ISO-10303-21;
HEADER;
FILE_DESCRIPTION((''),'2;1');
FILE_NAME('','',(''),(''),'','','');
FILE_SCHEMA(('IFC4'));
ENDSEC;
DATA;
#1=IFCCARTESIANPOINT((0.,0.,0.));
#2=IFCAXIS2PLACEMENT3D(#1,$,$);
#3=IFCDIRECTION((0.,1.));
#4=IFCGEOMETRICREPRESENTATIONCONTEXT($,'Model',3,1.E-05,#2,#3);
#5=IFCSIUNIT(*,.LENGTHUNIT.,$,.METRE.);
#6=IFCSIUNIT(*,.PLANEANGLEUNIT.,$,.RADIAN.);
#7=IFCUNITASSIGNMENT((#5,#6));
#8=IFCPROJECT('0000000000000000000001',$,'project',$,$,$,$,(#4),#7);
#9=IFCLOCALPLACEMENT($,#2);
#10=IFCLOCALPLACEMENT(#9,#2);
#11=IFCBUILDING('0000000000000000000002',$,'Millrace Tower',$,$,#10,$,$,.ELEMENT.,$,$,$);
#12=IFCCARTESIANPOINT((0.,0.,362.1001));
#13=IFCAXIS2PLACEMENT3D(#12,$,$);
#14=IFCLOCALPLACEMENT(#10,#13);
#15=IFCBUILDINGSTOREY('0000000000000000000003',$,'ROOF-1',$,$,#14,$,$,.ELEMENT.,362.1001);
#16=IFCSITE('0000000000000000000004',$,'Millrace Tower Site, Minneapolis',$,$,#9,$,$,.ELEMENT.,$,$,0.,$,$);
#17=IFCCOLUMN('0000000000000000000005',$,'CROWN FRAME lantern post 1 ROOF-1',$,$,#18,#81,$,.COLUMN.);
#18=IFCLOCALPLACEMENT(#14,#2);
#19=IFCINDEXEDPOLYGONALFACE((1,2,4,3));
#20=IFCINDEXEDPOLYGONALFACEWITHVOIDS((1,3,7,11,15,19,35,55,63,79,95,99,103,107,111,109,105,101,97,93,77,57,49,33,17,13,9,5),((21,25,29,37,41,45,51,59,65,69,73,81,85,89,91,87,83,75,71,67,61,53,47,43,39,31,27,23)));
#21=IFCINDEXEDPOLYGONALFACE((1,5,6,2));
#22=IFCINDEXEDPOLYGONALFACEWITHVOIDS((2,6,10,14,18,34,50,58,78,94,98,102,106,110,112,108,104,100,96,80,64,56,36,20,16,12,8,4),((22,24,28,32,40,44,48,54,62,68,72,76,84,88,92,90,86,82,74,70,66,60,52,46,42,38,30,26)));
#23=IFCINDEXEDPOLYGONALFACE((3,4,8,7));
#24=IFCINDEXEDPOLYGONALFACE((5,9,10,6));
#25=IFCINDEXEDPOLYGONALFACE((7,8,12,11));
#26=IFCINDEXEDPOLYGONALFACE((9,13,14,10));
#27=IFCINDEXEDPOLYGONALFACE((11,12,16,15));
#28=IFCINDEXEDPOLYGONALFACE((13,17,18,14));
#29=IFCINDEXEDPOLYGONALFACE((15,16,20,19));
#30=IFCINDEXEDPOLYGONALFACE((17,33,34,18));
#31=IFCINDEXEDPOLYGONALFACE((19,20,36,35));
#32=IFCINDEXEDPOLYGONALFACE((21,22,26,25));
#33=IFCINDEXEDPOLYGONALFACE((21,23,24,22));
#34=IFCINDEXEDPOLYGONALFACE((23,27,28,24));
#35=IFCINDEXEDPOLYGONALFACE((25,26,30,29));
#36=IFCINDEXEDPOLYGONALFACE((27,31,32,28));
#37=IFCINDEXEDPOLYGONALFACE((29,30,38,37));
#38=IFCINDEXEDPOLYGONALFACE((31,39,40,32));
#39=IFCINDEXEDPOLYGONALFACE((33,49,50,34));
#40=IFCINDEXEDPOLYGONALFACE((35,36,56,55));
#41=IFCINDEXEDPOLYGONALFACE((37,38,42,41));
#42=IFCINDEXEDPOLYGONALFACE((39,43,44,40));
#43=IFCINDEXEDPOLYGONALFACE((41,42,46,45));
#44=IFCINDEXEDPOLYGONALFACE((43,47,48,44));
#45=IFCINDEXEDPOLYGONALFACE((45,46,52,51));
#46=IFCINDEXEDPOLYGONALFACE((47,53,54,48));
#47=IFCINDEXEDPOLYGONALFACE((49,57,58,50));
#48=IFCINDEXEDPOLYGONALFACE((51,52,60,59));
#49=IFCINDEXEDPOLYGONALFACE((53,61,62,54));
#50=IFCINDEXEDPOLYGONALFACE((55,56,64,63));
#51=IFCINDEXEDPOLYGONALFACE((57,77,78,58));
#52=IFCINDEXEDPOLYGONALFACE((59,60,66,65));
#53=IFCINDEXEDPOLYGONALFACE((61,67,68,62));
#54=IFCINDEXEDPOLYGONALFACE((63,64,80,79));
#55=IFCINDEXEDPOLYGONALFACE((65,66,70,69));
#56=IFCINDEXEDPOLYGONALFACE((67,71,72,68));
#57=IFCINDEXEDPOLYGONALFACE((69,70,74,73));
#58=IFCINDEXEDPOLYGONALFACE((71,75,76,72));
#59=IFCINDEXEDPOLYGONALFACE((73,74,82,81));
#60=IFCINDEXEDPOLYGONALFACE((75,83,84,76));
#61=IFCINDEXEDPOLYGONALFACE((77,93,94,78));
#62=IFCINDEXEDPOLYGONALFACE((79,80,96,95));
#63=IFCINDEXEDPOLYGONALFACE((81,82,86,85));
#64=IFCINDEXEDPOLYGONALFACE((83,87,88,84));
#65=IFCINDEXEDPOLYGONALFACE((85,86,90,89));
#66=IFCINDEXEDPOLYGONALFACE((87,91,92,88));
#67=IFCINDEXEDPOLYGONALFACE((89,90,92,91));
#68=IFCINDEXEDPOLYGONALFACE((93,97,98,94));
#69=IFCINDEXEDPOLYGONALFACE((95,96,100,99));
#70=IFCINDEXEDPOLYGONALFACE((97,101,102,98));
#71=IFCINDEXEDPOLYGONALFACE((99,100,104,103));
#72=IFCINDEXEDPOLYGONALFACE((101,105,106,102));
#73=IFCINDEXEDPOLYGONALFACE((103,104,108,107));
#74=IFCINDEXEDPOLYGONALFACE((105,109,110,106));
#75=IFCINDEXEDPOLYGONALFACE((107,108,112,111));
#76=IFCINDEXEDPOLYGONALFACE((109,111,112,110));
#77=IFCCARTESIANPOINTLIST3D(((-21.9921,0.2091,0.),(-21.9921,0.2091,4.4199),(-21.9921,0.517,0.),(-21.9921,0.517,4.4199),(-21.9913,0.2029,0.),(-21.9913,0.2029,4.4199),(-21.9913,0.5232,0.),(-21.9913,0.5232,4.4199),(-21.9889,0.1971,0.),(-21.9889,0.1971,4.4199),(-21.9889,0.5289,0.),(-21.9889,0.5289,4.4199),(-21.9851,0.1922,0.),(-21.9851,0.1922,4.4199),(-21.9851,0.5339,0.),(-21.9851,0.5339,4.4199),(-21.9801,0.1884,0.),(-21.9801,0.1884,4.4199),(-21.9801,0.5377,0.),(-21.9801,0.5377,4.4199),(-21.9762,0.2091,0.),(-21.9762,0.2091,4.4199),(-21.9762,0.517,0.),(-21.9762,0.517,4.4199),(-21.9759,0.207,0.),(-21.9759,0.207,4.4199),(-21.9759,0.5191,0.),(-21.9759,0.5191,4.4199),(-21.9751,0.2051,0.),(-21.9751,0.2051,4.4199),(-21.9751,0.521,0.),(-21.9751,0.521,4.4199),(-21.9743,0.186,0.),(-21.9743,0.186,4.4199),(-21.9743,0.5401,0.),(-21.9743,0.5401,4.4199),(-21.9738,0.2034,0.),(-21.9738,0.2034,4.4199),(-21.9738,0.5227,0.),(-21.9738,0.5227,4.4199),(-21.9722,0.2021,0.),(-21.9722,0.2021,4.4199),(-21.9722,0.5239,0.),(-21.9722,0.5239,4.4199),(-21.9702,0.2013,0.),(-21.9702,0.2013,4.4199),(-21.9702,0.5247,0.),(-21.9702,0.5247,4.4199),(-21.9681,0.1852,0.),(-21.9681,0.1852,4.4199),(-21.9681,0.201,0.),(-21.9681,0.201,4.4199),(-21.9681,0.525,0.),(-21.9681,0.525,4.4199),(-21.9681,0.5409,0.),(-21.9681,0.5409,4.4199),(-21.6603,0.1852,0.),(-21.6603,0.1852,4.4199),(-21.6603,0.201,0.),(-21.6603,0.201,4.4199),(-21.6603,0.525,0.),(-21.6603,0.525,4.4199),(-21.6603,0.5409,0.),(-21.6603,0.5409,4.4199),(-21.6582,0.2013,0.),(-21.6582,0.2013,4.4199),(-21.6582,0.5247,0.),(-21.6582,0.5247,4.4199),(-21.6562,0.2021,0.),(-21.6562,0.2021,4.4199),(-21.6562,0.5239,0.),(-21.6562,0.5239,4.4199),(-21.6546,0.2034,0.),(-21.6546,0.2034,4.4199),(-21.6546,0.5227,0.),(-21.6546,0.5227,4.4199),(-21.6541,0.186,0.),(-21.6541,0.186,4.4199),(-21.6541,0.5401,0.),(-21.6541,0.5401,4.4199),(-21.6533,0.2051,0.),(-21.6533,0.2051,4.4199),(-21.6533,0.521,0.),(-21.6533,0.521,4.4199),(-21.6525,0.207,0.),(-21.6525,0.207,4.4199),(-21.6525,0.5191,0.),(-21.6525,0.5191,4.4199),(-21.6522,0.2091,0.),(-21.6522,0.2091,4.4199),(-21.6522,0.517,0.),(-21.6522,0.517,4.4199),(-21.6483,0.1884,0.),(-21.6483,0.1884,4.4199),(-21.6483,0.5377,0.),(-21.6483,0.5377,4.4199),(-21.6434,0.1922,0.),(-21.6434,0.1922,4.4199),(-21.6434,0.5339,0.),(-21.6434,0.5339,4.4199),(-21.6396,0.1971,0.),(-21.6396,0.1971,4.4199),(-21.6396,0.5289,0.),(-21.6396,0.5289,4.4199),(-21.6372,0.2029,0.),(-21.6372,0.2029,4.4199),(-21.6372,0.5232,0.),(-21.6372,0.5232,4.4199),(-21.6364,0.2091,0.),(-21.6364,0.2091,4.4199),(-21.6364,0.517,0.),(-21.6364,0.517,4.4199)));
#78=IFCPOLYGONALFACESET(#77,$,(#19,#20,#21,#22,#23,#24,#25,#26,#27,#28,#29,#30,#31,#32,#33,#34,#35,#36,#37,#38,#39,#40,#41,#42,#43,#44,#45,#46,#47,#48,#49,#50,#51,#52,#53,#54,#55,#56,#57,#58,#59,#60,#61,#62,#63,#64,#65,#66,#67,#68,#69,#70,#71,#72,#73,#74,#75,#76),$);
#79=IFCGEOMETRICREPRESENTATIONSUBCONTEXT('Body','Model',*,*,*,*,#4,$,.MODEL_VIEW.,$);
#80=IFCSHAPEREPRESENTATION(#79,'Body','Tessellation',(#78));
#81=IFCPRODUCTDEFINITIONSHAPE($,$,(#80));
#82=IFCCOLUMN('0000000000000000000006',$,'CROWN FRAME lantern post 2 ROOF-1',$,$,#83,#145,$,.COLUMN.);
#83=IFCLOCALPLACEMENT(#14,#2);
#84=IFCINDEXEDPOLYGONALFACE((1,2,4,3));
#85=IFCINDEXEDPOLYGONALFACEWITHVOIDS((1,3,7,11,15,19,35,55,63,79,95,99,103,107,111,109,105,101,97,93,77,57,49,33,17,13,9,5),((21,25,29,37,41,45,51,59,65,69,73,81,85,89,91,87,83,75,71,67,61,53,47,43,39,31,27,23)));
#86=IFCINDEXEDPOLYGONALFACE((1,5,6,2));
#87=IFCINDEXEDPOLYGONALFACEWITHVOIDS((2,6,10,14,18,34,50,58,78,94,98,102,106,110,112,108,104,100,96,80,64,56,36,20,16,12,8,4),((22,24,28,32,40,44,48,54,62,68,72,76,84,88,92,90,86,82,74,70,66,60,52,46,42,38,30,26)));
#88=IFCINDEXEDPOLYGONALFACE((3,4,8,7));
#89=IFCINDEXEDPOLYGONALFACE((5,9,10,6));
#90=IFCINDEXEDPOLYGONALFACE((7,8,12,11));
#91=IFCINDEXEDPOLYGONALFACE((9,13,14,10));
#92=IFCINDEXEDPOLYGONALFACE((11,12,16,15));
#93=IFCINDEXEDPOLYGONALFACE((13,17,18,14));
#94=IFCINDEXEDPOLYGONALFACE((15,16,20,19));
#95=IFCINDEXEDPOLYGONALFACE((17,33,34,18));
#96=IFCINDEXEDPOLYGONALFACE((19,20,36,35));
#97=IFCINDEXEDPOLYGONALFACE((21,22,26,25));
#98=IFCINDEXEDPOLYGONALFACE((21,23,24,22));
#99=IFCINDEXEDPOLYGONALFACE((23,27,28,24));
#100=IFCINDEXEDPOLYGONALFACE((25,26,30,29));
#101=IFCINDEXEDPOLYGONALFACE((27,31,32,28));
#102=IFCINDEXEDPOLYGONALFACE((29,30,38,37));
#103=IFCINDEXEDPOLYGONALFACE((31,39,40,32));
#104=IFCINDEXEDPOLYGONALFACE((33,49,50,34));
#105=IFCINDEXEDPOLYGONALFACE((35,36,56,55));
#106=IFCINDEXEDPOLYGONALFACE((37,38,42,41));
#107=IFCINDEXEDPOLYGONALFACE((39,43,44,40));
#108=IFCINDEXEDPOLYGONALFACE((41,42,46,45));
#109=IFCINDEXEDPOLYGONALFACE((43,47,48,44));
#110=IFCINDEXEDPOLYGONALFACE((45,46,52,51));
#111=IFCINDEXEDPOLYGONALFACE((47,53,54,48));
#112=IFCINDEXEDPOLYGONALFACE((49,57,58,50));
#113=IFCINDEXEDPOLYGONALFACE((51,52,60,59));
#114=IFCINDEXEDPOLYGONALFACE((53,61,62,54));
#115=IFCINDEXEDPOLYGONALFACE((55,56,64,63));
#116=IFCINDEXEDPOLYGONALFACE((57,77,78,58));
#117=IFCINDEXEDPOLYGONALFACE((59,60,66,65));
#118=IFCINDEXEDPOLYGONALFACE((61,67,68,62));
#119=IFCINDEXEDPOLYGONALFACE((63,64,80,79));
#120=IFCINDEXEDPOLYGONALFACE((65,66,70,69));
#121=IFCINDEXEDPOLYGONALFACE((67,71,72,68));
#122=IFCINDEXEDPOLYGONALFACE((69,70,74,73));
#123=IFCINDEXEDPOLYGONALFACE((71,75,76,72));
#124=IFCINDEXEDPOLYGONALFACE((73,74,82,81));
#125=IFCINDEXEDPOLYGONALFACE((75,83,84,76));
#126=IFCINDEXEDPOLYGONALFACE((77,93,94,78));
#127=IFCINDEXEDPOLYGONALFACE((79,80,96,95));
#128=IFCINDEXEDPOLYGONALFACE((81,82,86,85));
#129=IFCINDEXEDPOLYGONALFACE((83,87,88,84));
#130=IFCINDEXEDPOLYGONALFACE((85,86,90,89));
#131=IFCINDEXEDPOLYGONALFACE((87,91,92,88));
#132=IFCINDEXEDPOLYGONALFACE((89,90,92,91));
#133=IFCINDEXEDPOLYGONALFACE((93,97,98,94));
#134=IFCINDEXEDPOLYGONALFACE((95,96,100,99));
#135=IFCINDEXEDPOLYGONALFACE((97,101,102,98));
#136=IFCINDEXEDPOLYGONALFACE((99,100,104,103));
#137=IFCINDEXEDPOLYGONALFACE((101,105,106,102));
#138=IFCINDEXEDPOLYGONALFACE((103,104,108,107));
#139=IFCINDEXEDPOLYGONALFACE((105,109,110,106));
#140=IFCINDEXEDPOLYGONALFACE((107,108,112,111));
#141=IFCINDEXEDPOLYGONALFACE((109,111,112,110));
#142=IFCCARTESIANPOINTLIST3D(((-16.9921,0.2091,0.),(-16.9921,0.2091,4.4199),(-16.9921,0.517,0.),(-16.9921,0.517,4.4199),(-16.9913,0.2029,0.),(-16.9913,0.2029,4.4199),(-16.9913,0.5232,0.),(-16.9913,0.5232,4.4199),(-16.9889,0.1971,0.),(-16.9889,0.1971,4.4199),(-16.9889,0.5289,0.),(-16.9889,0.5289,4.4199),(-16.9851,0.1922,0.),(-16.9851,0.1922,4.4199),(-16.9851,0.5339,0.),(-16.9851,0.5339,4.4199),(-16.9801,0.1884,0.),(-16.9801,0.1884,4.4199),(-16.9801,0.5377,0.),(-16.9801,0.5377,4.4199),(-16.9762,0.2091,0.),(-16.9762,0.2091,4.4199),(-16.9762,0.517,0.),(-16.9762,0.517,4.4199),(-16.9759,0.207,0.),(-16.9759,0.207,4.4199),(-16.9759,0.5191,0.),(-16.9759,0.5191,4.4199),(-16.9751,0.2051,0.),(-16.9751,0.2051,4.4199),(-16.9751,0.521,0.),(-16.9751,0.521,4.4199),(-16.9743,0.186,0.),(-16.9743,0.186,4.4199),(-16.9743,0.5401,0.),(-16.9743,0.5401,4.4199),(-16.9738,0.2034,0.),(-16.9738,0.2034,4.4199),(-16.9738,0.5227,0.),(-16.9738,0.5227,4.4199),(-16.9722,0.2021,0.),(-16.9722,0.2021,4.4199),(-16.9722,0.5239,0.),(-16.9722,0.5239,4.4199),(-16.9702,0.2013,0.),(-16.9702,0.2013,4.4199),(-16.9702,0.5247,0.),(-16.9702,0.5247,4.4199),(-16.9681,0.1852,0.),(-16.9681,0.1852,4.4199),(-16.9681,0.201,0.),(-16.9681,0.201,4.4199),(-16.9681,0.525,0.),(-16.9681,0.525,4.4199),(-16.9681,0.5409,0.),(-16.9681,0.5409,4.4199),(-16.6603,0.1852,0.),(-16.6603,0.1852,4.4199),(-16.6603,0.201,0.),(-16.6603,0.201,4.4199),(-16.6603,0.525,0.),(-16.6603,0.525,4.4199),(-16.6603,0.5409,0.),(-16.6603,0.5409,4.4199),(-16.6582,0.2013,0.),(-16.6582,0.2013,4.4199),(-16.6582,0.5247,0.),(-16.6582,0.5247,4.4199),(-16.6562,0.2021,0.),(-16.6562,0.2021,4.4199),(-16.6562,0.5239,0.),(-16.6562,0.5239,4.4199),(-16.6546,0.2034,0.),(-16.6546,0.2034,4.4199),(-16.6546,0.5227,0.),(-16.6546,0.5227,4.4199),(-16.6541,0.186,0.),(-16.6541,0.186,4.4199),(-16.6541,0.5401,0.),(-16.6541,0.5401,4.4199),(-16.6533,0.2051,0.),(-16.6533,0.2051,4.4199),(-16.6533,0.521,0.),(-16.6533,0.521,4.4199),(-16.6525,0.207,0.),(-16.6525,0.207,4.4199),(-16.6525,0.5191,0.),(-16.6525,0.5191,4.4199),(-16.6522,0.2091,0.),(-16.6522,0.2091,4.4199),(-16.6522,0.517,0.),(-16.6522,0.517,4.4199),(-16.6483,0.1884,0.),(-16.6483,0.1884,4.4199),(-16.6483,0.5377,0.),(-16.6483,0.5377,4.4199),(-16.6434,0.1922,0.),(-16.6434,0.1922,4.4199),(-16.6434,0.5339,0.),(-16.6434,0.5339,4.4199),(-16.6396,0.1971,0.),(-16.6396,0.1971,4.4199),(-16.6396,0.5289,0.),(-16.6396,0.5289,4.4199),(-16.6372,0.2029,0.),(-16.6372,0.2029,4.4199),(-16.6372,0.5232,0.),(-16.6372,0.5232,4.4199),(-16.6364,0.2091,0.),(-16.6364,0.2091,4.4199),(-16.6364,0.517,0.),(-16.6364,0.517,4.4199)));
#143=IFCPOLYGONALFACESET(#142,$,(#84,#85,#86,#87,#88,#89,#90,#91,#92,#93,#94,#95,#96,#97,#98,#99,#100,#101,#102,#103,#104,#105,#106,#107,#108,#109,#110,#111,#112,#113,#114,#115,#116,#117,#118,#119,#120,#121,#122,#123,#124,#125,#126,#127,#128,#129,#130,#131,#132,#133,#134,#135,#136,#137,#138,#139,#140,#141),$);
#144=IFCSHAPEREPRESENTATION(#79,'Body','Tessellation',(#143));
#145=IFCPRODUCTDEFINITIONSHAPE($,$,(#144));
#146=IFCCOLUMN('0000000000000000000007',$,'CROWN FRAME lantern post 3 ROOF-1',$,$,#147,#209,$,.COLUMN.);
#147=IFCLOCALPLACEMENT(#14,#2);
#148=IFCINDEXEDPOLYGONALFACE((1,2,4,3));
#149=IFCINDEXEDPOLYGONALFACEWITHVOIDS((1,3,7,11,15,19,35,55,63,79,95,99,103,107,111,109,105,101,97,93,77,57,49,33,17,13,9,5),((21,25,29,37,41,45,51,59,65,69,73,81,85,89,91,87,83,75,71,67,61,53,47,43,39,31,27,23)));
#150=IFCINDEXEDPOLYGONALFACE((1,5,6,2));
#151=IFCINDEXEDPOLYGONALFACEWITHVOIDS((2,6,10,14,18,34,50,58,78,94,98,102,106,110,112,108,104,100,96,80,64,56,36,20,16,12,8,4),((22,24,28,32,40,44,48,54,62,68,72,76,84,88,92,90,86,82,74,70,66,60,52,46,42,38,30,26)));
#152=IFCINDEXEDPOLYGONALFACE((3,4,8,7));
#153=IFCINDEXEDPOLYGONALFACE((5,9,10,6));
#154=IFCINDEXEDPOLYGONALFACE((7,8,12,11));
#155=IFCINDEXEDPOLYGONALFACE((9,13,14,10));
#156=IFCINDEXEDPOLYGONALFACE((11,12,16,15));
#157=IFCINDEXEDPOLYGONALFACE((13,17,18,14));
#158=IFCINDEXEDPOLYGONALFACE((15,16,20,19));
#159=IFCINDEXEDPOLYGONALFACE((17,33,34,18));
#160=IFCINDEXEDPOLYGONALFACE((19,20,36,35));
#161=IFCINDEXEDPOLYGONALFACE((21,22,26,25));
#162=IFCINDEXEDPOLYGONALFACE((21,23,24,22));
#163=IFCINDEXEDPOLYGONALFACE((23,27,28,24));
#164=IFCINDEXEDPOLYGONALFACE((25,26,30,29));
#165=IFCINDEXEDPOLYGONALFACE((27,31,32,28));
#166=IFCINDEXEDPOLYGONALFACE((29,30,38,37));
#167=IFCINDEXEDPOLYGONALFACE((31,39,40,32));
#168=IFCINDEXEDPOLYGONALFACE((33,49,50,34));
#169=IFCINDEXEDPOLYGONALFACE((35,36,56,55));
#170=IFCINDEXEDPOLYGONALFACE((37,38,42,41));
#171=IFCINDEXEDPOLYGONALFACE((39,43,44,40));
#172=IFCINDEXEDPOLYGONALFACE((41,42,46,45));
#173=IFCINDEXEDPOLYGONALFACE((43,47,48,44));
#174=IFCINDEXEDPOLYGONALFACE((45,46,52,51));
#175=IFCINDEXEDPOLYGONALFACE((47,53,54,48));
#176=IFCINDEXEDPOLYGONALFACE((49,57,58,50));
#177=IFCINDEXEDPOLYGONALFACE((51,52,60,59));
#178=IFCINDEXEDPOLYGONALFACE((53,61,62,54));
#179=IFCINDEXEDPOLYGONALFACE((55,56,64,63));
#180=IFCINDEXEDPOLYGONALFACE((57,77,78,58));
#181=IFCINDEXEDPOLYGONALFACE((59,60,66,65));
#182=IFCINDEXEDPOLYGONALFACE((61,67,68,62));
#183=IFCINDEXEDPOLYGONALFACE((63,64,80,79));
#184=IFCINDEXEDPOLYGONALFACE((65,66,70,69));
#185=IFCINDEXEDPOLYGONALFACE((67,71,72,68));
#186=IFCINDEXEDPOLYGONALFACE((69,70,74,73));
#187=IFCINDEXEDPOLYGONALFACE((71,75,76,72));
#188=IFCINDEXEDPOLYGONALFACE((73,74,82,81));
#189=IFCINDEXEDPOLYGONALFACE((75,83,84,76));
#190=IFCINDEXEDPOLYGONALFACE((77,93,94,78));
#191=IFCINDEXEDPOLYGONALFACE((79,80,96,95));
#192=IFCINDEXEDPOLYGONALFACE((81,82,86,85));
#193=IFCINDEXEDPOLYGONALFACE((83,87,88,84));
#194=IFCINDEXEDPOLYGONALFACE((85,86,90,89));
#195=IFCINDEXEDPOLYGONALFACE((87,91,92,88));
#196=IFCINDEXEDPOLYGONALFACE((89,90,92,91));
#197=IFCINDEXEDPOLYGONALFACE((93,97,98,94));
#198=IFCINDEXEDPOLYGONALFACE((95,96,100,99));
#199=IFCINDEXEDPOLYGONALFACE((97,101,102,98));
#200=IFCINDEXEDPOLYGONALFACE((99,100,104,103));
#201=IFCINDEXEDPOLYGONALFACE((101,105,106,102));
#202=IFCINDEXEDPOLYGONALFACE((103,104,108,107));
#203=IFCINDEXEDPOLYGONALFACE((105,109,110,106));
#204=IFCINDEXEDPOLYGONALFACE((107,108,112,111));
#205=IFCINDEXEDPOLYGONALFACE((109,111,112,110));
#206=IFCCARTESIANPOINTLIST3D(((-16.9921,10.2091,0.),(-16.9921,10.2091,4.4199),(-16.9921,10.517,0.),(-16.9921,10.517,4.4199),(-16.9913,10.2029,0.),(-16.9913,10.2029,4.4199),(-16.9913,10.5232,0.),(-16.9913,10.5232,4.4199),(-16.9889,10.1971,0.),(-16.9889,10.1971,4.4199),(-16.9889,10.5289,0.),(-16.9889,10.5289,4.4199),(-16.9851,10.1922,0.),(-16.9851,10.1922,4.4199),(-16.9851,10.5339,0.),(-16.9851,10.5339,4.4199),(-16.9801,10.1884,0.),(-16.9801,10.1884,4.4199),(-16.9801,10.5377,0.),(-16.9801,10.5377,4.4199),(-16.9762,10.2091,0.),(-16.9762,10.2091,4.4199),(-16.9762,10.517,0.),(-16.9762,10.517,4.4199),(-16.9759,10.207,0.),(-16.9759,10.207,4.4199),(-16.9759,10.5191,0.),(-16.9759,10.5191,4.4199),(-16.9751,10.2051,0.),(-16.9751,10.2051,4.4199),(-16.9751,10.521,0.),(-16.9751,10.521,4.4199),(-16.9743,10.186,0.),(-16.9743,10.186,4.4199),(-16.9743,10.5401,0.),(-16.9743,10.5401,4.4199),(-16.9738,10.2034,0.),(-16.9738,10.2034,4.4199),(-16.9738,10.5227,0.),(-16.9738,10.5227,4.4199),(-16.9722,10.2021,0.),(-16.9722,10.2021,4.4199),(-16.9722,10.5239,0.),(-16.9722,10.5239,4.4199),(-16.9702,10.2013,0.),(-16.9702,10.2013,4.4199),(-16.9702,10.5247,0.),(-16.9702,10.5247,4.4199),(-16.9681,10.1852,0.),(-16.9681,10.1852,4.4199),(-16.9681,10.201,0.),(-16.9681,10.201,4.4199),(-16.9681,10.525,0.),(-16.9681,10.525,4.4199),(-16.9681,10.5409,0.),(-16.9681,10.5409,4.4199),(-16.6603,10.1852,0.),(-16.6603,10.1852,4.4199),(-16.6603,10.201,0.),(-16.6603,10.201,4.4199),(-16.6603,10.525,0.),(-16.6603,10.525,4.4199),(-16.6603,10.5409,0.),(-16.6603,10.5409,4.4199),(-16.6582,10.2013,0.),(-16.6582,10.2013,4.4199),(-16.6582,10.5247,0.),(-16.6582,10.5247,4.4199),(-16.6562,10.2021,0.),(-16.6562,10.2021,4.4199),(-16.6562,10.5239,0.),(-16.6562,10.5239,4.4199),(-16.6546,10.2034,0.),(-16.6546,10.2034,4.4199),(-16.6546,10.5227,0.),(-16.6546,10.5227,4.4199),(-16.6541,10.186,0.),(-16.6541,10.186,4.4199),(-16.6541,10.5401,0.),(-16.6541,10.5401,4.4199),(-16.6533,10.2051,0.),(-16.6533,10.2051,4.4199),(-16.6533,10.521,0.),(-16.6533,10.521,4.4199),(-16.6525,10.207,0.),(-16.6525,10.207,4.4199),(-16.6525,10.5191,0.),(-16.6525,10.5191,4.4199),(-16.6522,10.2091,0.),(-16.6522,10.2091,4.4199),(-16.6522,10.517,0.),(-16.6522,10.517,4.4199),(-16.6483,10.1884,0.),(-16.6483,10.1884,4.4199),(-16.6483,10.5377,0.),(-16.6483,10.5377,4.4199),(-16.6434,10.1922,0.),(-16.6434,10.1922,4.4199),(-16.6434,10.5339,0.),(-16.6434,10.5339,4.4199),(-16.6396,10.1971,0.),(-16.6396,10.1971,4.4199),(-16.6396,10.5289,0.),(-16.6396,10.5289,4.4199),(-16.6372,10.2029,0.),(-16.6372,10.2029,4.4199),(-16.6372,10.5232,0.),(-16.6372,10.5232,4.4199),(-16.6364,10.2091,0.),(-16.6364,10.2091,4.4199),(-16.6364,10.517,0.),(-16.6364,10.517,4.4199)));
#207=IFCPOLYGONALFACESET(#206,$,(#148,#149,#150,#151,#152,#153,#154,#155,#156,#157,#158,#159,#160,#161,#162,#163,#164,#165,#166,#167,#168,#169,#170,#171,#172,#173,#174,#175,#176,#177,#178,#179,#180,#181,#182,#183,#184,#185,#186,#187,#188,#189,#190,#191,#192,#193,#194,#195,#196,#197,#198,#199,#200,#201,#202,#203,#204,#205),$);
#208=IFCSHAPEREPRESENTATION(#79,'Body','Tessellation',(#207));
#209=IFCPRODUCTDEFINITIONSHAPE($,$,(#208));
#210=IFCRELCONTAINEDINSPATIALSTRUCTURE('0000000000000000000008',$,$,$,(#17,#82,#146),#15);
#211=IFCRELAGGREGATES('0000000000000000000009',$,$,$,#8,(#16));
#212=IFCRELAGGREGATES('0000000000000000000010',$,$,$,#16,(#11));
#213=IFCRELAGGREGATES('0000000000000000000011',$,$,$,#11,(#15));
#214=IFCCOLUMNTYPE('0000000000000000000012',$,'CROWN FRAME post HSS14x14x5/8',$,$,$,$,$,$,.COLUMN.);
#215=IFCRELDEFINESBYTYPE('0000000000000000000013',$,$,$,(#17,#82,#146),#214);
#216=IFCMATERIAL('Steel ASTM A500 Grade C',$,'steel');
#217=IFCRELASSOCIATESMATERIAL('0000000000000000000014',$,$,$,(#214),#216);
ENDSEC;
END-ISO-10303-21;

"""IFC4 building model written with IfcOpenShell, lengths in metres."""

from ifc_helpers import new_model, si_unit, direction, frame, origin, origin_2d, place, context, subcontext, project, spatial, hollow_rectangle, extrude, material, material_profile, profile_set, type_object, element, save


model = new_model("IFC4")

# Units and contexts
model_context = context("Model", 3, precision=1e-05, world=origin(), true_north=direction((0.0, 1.0)))
body_context = subcontext(model_context, "Body", "Model", "MODEL_VIEW")
ifc_project = project(units=[si_unit("LENGTHUNIT", "METRE"), si_unit("PLANEANGLEUNIT", "RADIAN")], contexts=[model_context])

# Site, building, storey
site_placement = place(None, origin())
site = spatial("IfcSite", under=ifc_project, at=site_placement, Name="Millrace Tower Site, Minneapolis", CompositionType="ELEMENT", RefElevation=0.0)
building_placement = place(site_placement, origin())
building = spatial("IfcBuilding", under=site, at=building_placement, Name="Millrace Tower", CompositionType="ELEMENT")
storey_placement = place(building_placement, frame((0.0, 0.0, 362.1001)))
storey = spatial("IfcBuildingStorey", under=building, at=storey_placement, Name="ROOF-1", CompositionType="ELEMENT", Elevation=362.1001)

# Columns
ifc_material_1 = material(Name="Steel ASTM A500 Grade C", Category="steel")
ifc_material_profile_1 = material_profile(ifc_material_1, hollow_rectangle(XDim=0.3557, YDim=0.3557, WallThickness=0.0159, InnerFilletRadius=0.0081, OuterFilletRadius=0.0239, at=origin_2d()))
ifc_profile_set_1 = profile_set([ifc_material_profile_1], Name="Steel ASTM A500 Grade C")
column_type = type_object("IfcColumnType", Name="CROWN FRAME post HSS14x14x5/8", PredefinedType="COLUMN", material=ifc_profile_set_1)
for number, where, z_axis, x_axis, name in (
    (1, (-21.8142, 0.363, 0.0), (0.0, 0.0, 1.0), (1.0, 0.0, 0.0), "CROWN FRAME lantern post 1 ROOF-1"),
    (2, (-16.8142, 0.363, 0.0), (0.0, 0.0, 1.0), (1.0, 0.0, 0.0), "CROWN FRAME lantern post 2 ROOF-1"),
    (3, (-16.8142, 10.363, 0.0), (0.0, 0.0, 1.0), (1.0, 0.0, 0.0), "CROWN FRAME lantern post 3 ROOF-1"),
):
    element("IfcColumn", number, at=place(storey_placement, frame(where, z_axis=z_axis, x_axis=x_axis)), inside=storey, type_object=column_type, Name=name, PredefinedType="COLUMN", context=body_context, shape_type="SweptSolid", body=[
        extrude(hollow_rectangle(XDim=0.3557, YDim=0.3557, WallThickness=0.0159, InnerFilletRadius=0.0081, OuterFilletRadius=0.0239, at=origin_2d()), origin(), (0.0, 0.0, 1.0), 4.4199),
    ])

save(model, "model.ifc")
